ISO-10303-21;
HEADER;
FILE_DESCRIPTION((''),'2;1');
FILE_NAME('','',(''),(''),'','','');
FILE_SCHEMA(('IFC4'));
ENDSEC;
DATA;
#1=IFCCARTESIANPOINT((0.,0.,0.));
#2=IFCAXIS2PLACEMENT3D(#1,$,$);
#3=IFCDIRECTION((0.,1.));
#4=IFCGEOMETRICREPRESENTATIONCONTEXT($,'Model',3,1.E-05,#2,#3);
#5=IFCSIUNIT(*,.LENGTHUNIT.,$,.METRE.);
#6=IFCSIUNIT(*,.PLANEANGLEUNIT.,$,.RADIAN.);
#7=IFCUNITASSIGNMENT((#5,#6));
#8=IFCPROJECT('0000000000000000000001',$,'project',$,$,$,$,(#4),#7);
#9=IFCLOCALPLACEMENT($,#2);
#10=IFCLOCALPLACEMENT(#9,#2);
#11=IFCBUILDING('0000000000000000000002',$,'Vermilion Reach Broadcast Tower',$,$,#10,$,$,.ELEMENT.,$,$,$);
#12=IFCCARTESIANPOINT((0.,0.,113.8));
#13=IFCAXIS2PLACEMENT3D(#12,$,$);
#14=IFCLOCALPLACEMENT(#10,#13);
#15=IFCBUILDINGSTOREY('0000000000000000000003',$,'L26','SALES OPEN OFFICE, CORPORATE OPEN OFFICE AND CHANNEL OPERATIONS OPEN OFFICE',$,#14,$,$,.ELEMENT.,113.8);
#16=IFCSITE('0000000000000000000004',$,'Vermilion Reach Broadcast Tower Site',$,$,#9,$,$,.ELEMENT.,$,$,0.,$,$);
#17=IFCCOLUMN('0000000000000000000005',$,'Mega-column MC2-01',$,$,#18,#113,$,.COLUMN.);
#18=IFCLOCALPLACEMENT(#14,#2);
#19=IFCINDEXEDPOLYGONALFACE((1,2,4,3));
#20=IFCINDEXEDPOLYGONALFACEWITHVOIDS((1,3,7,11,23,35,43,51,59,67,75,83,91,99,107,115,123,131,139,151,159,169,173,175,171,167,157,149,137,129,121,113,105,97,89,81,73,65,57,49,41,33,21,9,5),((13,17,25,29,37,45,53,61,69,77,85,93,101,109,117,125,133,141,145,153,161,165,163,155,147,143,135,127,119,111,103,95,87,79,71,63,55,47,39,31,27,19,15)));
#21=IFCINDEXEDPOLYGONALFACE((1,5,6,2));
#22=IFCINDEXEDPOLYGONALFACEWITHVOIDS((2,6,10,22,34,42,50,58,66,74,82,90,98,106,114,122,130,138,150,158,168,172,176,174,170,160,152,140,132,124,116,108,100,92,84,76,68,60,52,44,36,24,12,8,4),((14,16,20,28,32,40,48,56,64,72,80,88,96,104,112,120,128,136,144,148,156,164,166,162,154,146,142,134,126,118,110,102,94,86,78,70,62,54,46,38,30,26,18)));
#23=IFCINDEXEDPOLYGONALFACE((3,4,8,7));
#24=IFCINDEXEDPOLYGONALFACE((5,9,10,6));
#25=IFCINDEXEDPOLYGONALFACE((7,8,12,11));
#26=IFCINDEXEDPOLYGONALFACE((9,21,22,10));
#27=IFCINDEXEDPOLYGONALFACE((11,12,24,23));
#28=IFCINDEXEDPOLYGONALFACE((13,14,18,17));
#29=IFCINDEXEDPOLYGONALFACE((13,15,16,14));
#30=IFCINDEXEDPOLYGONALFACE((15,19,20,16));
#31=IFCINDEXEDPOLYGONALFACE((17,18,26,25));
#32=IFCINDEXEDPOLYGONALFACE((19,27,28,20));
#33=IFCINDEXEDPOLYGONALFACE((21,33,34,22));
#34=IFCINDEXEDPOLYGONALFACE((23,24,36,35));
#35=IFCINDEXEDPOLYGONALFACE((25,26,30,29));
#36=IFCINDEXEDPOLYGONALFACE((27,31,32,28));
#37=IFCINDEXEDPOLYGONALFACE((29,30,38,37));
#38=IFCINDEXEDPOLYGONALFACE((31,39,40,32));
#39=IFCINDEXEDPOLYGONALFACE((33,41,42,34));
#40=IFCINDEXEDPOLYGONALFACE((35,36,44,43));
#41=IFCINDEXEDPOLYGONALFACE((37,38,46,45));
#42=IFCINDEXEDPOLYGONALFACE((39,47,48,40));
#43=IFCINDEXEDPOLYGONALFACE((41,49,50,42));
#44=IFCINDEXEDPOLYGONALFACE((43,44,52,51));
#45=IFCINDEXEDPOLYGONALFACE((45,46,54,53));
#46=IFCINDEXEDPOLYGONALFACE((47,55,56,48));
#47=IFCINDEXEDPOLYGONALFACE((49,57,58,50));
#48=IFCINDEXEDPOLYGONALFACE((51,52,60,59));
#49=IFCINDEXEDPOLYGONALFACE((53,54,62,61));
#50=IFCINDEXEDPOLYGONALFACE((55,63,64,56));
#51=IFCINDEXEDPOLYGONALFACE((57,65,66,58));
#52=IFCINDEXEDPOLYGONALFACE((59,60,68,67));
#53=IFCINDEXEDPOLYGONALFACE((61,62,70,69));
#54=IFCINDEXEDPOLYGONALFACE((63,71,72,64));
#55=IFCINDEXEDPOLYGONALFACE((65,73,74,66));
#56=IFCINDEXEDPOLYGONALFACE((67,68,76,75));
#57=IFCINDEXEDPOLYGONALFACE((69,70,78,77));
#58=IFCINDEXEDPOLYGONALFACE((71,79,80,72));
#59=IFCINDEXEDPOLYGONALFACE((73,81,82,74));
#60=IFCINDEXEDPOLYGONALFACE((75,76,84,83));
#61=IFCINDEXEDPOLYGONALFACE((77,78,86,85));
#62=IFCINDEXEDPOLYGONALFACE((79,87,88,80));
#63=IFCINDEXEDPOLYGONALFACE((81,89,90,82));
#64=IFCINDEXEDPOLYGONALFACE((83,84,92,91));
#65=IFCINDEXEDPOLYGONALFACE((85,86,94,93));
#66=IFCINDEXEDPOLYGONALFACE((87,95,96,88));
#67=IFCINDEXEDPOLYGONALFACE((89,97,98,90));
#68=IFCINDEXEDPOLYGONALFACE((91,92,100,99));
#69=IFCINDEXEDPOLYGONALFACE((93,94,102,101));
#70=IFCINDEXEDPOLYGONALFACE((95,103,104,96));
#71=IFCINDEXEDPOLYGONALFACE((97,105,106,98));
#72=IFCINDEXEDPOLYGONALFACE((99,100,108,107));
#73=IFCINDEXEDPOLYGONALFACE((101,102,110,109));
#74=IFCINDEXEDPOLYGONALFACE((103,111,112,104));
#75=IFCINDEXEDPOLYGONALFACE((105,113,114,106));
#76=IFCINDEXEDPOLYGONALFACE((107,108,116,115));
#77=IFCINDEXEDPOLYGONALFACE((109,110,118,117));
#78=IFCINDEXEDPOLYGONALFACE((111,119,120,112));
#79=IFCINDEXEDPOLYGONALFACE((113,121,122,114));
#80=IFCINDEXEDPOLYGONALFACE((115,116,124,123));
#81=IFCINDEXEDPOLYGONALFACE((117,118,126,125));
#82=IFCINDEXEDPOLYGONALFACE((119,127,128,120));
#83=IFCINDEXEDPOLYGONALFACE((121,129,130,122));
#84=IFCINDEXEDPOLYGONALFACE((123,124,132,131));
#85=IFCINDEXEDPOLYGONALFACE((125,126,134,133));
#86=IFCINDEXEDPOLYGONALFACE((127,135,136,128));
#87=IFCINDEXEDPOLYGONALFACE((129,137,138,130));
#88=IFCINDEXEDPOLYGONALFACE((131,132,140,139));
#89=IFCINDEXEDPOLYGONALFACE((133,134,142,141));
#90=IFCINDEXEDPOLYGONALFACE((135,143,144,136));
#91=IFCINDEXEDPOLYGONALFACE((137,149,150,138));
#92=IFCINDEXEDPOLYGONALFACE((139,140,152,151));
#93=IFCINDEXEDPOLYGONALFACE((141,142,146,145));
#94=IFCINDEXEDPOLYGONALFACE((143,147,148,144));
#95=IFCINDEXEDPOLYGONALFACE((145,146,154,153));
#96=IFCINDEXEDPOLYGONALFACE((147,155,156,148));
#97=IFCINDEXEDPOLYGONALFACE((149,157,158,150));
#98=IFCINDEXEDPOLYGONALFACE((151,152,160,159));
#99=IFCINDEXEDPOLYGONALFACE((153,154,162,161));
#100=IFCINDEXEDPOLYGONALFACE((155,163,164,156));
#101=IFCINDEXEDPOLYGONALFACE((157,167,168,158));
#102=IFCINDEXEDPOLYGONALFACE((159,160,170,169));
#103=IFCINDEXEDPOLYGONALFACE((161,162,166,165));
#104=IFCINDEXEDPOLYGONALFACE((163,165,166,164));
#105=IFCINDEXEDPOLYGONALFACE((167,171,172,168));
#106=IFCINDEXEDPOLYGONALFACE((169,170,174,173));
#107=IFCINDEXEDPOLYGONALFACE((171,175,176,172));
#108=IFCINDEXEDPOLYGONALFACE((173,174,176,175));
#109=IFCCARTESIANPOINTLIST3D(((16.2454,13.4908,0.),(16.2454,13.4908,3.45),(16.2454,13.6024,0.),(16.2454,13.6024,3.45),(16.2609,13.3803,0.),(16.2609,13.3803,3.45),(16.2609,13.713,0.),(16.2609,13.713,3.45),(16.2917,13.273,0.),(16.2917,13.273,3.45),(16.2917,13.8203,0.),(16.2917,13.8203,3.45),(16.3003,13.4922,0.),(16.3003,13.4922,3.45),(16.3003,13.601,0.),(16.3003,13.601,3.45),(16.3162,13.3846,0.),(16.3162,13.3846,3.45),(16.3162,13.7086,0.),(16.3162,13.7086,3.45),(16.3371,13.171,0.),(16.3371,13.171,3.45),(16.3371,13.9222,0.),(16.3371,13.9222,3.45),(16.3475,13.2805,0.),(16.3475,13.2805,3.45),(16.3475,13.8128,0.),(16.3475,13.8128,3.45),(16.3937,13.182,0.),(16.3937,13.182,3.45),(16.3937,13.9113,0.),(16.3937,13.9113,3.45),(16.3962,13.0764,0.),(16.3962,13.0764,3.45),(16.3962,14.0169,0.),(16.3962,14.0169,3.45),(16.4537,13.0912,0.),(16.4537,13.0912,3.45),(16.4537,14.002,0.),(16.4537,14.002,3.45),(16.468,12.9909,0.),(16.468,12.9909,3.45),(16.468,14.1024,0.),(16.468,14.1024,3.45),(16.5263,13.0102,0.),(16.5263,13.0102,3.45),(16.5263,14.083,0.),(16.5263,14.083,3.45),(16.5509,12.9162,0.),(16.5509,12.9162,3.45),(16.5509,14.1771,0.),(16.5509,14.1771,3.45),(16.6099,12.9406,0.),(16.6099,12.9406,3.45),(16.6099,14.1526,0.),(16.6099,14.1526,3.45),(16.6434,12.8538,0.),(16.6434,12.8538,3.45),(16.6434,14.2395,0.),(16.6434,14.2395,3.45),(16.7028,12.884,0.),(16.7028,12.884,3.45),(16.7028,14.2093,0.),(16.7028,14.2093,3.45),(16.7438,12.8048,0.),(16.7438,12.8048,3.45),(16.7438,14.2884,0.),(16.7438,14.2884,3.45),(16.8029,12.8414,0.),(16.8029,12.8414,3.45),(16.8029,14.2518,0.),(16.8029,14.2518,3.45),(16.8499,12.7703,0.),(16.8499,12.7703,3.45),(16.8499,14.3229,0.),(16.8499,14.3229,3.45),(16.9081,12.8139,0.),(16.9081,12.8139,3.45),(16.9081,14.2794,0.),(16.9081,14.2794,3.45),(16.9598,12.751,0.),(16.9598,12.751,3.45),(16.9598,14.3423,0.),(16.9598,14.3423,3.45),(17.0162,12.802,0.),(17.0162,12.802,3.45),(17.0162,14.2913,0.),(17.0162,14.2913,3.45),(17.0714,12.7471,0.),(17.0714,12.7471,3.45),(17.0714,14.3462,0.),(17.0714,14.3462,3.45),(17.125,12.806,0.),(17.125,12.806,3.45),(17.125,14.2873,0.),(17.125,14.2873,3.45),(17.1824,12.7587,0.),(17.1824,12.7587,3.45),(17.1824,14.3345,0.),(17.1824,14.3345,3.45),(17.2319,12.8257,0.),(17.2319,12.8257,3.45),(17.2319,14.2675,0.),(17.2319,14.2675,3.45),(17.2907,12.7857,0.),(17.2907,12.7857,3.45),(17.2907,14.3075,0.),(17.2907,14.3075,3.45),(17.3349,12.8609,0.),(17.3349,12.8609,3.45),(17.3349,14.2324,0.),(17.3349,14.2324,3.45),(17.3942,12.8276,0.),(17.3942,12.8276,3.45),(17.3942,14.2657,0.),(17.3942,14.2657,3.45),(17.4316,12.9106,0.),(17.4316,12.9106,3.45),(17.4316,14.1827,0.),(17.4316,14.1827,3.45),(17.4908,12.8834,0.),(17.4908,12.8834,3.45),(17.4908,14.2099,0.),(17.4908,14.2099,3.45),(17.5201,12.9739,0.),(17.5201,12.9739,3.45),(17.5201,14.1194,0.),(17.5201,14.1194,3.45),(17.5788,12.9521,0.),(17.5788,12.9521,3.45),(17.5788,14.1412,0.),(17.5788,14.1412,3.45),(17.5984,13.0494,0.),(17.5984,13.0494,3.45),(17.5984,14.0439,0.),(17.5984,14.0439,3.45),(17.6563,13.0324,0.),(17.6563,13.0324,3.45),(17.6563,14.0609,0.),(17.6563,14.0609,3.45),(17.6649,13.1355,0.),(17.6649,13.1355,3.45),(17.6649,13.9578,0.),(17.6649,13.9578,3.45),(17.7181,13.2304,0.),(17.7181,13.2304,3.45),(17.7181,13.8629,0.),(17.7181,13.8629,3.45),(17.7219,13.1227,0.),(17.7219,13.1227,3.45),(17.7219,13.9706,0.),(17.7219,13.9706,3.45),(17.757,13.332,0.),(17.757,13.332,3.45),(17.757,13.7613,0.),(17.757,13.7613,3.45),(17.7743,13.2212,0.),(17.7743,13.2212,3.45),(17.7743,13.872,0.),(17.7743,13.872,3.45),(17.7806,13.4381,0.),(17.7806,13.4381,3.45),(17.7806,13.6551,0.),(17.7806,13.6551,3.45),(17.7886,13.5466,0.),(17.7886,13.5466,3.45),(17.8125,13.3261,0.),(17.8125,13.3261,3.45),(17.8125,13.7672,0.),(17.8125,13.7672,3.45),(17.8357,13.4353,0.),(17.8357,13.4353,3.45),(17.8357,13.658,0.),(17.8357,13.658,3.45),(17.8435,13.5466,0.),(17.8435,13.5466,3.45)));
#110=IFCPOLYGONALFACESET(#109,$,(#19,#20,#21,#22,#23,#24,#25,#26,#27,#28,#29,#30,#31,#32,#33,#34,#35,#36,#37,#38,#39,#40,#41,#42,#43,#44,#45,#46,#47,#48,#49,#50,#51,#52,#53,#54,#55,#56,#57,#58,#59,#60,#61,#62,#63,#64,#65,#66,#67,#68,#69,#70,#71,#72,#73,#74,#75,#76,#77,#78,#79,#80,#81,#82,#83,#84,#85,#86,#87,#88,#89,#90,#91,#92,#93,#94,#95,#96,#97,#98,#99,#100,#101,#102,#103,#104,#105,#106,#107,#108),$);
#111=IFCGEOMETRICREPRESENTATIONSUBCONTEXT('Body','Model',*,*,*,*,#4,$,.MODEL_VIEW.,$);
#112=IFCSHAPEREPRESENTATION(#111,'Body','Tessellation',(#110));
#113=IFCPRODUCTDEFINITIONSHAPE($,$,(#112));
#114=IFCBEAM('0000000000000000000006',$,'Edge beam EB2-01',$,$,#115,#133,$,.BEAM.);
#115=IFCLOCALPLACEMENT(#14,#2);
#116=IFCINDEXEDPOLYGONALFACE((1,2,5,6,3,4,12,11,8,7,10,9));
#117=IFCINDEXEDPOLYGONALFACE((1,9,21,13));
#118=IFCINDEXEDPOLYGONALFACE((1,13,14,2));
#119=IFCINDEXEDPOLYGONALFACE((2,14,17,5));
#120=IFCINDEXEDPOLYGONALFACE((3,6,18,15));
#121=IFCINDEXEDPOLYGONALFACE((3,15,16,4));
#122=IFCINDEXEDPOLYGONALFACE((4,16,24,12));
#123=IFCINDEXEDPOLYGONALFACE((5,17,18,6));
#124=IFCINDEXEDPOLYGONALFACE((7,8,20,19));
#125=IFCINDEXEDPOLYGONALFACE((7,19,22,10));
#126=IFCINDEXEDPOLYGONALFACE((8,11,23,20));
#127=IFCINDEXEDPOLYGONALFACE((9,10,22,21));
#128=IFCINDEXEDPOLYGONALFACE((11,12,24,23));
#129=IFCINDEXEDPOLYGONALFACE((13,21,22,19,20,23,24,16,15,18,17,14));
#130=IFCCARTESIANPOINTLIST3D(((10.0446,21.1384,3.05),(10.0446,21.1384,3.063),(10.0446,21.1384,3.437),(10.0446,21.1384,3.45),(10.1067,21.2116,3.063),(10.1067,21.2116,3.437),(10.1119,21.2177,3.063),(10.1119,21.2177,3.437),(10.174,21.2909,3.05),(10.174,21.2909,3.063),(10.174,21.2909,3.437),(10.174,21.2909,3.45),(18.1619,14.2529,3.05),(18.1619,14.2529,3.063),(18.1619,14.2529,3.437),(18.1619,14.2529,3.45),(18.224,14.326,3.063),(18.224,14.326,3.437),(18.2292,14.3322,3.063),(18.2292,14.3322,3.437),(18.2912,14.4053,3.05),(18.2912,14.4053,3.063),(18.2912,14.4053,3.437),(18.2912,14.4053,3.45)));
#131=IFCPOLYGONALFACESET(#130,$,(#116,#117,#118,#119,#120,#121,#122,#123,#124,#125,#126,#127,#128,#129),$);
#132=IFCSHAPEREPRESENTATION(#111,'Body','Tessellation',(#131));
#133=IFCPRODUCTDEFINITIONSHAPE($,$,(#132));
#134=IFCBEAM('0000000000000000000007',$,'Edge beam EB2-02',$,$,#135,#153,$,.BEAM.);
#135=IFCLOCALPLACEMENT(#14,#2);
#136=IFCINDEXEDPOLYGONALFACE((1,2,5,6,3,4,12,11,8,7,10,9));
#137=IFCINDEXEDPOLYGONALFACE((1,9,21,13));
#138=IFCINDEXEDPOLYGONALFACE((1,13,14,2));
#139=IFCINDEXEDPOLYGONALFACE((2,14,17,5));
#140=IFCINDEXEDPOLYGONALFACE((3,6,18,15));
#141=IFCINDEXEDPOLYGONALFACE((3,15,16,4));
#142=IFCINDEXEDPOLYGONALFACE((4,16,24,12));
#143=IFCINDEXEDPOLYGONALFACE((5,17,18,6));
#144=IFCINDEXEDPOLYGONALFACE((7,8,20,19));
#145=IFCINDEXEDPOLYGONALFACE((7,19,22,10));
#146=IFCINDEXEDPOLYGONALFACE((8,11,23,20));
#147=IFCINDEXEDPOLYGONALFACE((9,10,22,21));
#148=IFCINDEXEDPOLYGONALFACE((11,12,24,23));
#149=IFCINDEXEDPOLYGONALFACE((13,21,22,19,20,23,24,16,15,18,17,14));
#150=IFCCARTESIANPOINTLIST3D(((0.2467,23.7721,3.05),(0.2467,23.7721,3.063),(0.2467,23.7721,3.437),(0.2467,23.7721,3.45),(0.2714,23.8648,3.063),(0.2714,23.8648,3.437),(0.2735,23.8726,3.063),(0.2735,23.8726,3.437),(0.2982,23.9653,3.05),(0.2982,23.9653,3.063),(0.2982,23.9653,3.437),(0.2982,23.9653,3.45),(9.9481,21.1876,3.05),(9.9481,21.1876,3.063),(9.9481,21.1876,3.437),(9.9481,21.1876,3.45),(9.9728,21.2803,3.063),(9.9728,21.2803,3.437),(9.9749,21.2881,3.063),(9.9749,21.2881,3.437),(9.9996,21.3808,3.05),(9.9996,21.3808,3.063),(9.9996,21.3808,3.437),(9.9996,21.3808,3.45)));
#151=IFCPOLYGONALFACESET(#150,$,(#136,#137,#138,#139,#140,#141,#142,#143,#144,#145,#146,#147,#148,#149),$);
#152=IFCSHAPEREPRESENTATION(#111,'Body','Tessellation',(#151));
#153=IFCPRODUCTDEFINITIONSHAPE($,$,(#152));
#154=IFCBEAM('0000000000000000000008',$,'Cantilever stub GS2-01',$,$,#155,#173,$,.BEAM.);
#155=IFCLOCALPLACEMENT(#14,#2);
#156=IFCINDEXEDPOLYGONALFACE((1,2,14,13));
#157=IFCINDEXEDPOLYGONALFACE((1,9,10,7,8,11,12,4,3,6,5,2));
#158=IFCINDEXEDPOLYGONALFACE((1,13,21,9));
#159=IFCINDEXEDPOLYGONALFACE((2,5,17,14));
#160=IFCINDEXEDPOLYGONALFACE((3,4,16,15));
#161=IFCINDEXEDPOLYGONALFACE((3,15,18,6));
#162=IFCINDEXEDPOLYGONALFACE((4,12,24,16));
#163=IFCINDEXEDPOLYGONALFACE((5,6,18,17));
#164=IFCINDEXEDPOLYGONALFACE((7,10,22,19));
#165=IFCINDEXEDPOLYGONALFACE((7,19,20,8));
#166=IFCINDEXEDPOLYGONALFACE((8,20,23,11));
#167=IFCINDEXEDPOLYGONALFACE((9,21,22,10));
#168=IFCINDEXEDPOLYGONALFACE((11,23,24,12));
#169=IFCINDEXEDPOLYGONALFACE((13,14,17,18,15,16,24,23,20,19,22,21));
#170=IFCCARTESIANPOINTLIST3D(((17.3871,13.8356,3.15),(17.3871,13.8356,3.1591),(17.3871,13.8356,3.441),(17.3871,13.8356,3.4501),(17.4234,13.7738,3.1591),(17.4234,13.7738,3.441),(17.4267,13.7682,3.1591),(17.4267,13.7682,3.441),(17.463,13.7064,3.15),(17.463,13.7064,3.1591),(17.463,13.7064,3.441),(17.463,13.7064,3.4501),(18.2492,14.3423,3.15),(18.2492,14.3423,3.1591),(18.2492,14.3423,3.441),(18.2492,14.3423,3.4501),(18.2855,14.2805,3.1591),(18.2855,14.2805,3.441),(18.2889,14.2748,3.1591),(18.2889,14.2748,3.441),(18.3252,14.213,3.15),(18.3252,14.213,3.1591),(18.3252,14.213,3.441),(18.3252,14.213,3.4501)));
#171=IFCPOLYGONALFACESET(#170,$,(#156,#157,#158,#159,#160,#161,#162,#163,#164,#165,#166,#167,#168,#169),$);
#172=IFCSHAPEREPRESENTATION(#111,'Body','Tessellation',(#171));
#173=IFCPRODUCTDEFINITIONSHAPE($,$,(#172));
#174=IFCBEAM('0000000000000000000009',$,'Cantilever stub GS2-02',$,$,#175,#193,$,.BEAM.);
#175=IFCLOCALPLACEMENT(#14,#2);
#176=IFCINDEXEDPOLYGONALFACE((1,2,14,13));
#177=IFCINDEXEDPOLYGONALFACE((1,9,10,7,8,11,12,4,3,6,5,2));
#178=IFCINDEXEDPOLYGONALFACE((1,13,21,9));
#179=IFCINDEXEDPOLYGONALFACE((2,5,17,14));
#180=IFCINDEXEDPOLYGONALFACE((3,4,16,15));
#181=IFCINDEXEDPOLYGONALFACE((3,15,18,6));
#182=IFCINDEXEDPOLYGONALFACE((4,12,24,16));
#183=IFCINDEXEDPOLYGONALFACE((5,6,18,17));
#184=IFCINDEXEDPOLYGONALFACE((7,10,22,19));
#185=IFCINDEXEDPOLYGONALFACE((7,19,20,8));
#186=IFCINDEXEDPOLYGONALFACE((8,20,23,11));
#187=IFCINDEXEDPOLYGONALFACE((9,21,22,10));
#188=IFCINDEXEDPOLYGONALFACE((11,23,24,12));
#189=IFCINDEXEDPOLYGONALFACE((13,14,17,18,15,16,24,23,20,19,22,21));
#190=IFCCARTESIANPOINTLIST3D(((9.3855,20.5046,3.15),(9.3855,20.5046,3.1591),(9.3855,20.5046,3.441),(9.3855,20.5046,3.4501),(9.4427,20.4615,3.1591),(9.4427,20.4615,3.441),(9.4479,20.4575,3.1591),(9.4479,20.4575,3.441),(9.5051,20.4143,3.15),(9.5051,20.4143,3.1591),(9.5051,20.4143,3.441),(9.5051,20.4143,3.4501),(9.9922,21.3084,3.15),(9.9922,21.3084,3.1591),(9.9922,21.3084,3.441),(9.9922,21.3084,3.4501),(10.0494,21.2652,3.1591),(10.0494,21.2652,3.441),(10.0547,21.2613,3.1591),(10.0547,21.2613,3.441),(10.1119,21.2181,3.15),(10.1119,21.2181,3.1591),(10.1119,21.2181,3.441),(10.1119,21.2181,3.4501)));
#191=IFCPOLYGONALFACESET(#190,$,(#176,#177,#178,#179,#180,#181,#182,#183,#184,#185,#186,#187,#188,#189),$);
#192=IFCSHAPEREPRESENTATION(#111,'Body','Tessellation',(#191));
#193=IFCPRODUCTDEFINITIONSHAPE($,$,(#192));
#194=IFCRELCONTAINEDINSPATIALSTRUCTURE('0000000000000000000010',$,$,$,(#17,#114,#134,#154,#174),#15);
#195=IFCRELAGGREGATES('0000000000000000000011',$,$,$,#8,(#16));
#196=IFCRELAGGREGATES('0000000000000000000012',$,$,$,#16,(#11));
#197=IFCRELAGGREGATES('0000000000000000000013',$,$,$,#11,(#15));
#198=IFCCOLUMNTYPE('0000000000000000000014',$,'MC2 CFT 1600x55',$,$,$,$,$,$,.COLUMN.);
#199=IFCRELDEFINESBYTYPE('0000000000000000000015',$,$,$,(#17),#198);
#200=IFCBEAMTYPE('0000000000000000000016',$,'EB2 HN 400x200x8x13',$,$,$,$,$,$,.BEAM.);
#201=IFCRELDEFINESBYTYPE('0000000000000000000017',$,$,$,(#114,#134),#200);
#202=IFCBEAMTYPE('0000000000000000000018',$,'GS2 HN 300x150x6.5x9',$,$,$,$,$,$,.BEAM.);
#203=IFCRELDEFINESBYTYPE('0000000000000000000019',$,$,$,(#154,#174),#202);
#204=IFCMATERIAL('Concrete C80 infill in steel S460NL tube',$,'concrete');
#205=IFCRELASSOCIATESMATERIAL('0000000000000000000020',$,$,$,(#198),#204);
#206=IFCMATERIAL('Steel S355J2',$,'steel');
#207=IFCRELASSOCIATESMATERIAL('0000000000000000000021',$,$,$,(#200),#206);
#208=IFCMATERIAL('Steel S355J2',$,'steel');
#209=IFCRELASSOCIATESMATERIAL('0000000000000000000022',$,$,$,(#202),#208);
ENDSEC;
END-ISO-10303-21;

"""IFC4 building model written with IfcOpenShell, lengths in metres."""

from ifc_helpers import new_model, si_unit, direction, frame, origin, origin_2d, place, context, subcontext, project, spatial, hollow_circle, i_section, extrude, material, material_profile, profile_set, type_object, element, save


model = new_model("IFC4")

# Units and contexts
model_context = context("Model", 3, precision=1e-05, world=origin(), true_north=direction((0.0, 1.0)))
body_context = subcontext(model_context, "Body", "Model", "MODEL_VIEW")
ifc_project = project(units=[si_unit("LENGTHUNIT", "METRE"), si_unit("PLANEANGLEUNIT", "RADIAN")], contexts=[model_context])

# Site, building, storey
site_placement = place(None, origin())
site = spatial("IfcSite", under=ifc_project, at=site_placement, Name="Vermilion Reach Broadcast Tower Site", CompositionType="ELEMENT", RefElevation=0.0)
building_placement = place(site_placement, origin())
building = spatial("IfcBuilding", under=site, at=building_placement, Name="Vermilion Reach Broadcast Tower", CompositionType="ELEMENT")
storey_placement = place(building_placement, frame((0.0, 0.0, 113.8)))
storey = spatial("IfcBuildingStorey", under=building, at=storey_placement, Name="L26", Description="SALES OPEN OFFICE, CORPORATE OPEN OFFICE AND CHANNEL OPERATIONS OPEN OFFICE", CompositionType="ELEMENT", Elevation=113.8)

# Column
ifc_material_1 = material(Name="Concrete C80 infill in steel S460NL tube", Category="concrete")
ifc_material_profile_1 = material_profile(ifc_material_1, hollow_circle(Radius=0.8, WallThickness=0.0549, at=origin_2d()), Name="Concrete C80 infill in steel S460NL tube CFT 1600x55")
ifc_profile_set_1 = profile_set([ifc_material_profile_1], Name="Concrete C80 infill in steel S460NL tube")
column_type = type_object("IfcColumnType", Name="MC2 CFT 1600x55", PredefinedType="COLUMN", material=ifc_profile_set_1)
column_placement = place(storey_placement, frame((17.0435, 13.5466, 0.0), z_axis=(0.0, 0.0, 1.0), x_axis=(1.0, 0.0, 0.0)))
element("IfcColumn", 1, at=column_placement, inside=storey, type_object=column_type, Name="Mega-column MC2-01", PredefinedType="COLUMN", context=body_context, shape_type="SweptSolid", body=[
    extrude(hollow_circle(Radius=0.8, WallThickness=0.0549, at=origin_2d()), origin(), (0.0, 0.0, 1.0), 3.45),
])

# Beams
ifc_material_2 = material(Name="Steel S355J2", Category="steel")
ifc_material_profile_2 = material_profile(ifc_material_2, i_section(OverallWidth=0.2, OverallDepth=0.3999, WebThickness=0.0081, FlangeThickness=0.0129, at=origin_2d()), Name="S355J2 HN 400x200x8x13")
ifc_profile_set_2 = profile_set([ifc_material_profile_2], Name="Steel S355J2")
beam_type_1 = type_object("IfcBeamType", Name="EB2 HN 400x200x8x13", PredefinedType="BEAM", material=ifc_profile_set_2)
beam_1_placement = place(storey_placement, frame((18.2266, 14.3291, 3.25), z_axis=(-0.762593, 0.646878, 0.0), x_axis=(-0.646878, -0.762593, 0.0)))
element("IfcBeam", 2, at=beam_1_placement, inside=storey, type_object=beam_type_1, Name="Edge beam EB2-01", PredefinedType="BEAM", context=body_context, shape_type="SweptSolid", body=[
    extrude(i_section(OverallWidth=0.2, OverallDepth=0.3999, WebThickness=0.0081, FlangeThickness=0.0129, at=origin_2d()), origin(), (0.0, 0.0, 1.0), 10.6443),
])
beam_2_placement = place(storey_placement, frame((9.9739, 21.2842, 3.25), z_axis=(-0.966299, 0.257424, 0.0), x_axis=(-0.257424, -0.966299, 0.0)))
element("IfcBeam", 3, at=beam_2_placement, inside=storey, type_object=beam_type_1, Name="Edge beam EB2-02", PredefinedType="BEAM", context=body_context, shape_type="SweptSolid", body=[
    extrude(i_section(OverallWidth=0.2, OverallDepth=0.3999, WebThickness=0.0081, FlangeThickness=0.0129, at=origin_2d()), origin(), (0.0, 0.0, 1.0), 10.0398),
])
ifc_material_3 = material(Name="Steel S355J2", Category="steel")
ifc_material_profile_3 = material_profile(ifc_material_3, i_section(OverallWidth=0.1499, OverallDepth=0.3, WebThickness=0.0066, FlangeThickness=0.009, at=origin_2d()), Name="S355J2 HN 300x150x6.5x9")
ifc_profile_set_3 = profile_set([ifc_material_profile_3], Name="Steel S355J2")
beam_type_2 = type_object("IfcBeamType", Name="GS2 HN 300x150x6.5x9", PredefinedType="BEAM", material=ifc_profile_set_3)
beam_3_placement = place(storey_placement, frame((17.425, 13.771, 3.3), z_axis=(0.862154, 0.506647, 0.0), x_axis=(-0.506647, 0.862154, 0.0)))
element("IfcBeam", 4, at=beam_3_placement, inside=storey, type_object=beam_type_2, Name="Cantilever stub GS2-01", PredefinedType="BEAM", context=body_context, shape_type="SweptSolid", body=[
    extrude(i_section(OverallWidth=0.1499, OverallDepth=0.3, WebThickness=0.0066, FlangeThickness=0.009, at=origin_2d()), origin(), (0.0, 0.0, 1.0), 1.0),
])
beam_4_placement = place(storey_placement, frame((9.4453, 20.4595, 3.3), z_axis=(0.60248, 0.798134, 0.0), x_axis=(-0.798134, 0.60248, 0.0)))
element("IfcBeam", 5, at=beam_4_placement, inside=storey, type_object=beam_type_2, Name="Cantilever stub GS2-02", PredefinedType="BEAM", context=body_context, shape_type="SweptSolid", body=[
    extrude(i_section(OverallWidth=0.1499, OverallDepth=0.3, WebThickness=0.0066, FlangeThickness=0.009, at=origin_2d()), origin(), (0.0, 0.0, 1.0), 1.0071),
])

save(model, "model.ifc")
